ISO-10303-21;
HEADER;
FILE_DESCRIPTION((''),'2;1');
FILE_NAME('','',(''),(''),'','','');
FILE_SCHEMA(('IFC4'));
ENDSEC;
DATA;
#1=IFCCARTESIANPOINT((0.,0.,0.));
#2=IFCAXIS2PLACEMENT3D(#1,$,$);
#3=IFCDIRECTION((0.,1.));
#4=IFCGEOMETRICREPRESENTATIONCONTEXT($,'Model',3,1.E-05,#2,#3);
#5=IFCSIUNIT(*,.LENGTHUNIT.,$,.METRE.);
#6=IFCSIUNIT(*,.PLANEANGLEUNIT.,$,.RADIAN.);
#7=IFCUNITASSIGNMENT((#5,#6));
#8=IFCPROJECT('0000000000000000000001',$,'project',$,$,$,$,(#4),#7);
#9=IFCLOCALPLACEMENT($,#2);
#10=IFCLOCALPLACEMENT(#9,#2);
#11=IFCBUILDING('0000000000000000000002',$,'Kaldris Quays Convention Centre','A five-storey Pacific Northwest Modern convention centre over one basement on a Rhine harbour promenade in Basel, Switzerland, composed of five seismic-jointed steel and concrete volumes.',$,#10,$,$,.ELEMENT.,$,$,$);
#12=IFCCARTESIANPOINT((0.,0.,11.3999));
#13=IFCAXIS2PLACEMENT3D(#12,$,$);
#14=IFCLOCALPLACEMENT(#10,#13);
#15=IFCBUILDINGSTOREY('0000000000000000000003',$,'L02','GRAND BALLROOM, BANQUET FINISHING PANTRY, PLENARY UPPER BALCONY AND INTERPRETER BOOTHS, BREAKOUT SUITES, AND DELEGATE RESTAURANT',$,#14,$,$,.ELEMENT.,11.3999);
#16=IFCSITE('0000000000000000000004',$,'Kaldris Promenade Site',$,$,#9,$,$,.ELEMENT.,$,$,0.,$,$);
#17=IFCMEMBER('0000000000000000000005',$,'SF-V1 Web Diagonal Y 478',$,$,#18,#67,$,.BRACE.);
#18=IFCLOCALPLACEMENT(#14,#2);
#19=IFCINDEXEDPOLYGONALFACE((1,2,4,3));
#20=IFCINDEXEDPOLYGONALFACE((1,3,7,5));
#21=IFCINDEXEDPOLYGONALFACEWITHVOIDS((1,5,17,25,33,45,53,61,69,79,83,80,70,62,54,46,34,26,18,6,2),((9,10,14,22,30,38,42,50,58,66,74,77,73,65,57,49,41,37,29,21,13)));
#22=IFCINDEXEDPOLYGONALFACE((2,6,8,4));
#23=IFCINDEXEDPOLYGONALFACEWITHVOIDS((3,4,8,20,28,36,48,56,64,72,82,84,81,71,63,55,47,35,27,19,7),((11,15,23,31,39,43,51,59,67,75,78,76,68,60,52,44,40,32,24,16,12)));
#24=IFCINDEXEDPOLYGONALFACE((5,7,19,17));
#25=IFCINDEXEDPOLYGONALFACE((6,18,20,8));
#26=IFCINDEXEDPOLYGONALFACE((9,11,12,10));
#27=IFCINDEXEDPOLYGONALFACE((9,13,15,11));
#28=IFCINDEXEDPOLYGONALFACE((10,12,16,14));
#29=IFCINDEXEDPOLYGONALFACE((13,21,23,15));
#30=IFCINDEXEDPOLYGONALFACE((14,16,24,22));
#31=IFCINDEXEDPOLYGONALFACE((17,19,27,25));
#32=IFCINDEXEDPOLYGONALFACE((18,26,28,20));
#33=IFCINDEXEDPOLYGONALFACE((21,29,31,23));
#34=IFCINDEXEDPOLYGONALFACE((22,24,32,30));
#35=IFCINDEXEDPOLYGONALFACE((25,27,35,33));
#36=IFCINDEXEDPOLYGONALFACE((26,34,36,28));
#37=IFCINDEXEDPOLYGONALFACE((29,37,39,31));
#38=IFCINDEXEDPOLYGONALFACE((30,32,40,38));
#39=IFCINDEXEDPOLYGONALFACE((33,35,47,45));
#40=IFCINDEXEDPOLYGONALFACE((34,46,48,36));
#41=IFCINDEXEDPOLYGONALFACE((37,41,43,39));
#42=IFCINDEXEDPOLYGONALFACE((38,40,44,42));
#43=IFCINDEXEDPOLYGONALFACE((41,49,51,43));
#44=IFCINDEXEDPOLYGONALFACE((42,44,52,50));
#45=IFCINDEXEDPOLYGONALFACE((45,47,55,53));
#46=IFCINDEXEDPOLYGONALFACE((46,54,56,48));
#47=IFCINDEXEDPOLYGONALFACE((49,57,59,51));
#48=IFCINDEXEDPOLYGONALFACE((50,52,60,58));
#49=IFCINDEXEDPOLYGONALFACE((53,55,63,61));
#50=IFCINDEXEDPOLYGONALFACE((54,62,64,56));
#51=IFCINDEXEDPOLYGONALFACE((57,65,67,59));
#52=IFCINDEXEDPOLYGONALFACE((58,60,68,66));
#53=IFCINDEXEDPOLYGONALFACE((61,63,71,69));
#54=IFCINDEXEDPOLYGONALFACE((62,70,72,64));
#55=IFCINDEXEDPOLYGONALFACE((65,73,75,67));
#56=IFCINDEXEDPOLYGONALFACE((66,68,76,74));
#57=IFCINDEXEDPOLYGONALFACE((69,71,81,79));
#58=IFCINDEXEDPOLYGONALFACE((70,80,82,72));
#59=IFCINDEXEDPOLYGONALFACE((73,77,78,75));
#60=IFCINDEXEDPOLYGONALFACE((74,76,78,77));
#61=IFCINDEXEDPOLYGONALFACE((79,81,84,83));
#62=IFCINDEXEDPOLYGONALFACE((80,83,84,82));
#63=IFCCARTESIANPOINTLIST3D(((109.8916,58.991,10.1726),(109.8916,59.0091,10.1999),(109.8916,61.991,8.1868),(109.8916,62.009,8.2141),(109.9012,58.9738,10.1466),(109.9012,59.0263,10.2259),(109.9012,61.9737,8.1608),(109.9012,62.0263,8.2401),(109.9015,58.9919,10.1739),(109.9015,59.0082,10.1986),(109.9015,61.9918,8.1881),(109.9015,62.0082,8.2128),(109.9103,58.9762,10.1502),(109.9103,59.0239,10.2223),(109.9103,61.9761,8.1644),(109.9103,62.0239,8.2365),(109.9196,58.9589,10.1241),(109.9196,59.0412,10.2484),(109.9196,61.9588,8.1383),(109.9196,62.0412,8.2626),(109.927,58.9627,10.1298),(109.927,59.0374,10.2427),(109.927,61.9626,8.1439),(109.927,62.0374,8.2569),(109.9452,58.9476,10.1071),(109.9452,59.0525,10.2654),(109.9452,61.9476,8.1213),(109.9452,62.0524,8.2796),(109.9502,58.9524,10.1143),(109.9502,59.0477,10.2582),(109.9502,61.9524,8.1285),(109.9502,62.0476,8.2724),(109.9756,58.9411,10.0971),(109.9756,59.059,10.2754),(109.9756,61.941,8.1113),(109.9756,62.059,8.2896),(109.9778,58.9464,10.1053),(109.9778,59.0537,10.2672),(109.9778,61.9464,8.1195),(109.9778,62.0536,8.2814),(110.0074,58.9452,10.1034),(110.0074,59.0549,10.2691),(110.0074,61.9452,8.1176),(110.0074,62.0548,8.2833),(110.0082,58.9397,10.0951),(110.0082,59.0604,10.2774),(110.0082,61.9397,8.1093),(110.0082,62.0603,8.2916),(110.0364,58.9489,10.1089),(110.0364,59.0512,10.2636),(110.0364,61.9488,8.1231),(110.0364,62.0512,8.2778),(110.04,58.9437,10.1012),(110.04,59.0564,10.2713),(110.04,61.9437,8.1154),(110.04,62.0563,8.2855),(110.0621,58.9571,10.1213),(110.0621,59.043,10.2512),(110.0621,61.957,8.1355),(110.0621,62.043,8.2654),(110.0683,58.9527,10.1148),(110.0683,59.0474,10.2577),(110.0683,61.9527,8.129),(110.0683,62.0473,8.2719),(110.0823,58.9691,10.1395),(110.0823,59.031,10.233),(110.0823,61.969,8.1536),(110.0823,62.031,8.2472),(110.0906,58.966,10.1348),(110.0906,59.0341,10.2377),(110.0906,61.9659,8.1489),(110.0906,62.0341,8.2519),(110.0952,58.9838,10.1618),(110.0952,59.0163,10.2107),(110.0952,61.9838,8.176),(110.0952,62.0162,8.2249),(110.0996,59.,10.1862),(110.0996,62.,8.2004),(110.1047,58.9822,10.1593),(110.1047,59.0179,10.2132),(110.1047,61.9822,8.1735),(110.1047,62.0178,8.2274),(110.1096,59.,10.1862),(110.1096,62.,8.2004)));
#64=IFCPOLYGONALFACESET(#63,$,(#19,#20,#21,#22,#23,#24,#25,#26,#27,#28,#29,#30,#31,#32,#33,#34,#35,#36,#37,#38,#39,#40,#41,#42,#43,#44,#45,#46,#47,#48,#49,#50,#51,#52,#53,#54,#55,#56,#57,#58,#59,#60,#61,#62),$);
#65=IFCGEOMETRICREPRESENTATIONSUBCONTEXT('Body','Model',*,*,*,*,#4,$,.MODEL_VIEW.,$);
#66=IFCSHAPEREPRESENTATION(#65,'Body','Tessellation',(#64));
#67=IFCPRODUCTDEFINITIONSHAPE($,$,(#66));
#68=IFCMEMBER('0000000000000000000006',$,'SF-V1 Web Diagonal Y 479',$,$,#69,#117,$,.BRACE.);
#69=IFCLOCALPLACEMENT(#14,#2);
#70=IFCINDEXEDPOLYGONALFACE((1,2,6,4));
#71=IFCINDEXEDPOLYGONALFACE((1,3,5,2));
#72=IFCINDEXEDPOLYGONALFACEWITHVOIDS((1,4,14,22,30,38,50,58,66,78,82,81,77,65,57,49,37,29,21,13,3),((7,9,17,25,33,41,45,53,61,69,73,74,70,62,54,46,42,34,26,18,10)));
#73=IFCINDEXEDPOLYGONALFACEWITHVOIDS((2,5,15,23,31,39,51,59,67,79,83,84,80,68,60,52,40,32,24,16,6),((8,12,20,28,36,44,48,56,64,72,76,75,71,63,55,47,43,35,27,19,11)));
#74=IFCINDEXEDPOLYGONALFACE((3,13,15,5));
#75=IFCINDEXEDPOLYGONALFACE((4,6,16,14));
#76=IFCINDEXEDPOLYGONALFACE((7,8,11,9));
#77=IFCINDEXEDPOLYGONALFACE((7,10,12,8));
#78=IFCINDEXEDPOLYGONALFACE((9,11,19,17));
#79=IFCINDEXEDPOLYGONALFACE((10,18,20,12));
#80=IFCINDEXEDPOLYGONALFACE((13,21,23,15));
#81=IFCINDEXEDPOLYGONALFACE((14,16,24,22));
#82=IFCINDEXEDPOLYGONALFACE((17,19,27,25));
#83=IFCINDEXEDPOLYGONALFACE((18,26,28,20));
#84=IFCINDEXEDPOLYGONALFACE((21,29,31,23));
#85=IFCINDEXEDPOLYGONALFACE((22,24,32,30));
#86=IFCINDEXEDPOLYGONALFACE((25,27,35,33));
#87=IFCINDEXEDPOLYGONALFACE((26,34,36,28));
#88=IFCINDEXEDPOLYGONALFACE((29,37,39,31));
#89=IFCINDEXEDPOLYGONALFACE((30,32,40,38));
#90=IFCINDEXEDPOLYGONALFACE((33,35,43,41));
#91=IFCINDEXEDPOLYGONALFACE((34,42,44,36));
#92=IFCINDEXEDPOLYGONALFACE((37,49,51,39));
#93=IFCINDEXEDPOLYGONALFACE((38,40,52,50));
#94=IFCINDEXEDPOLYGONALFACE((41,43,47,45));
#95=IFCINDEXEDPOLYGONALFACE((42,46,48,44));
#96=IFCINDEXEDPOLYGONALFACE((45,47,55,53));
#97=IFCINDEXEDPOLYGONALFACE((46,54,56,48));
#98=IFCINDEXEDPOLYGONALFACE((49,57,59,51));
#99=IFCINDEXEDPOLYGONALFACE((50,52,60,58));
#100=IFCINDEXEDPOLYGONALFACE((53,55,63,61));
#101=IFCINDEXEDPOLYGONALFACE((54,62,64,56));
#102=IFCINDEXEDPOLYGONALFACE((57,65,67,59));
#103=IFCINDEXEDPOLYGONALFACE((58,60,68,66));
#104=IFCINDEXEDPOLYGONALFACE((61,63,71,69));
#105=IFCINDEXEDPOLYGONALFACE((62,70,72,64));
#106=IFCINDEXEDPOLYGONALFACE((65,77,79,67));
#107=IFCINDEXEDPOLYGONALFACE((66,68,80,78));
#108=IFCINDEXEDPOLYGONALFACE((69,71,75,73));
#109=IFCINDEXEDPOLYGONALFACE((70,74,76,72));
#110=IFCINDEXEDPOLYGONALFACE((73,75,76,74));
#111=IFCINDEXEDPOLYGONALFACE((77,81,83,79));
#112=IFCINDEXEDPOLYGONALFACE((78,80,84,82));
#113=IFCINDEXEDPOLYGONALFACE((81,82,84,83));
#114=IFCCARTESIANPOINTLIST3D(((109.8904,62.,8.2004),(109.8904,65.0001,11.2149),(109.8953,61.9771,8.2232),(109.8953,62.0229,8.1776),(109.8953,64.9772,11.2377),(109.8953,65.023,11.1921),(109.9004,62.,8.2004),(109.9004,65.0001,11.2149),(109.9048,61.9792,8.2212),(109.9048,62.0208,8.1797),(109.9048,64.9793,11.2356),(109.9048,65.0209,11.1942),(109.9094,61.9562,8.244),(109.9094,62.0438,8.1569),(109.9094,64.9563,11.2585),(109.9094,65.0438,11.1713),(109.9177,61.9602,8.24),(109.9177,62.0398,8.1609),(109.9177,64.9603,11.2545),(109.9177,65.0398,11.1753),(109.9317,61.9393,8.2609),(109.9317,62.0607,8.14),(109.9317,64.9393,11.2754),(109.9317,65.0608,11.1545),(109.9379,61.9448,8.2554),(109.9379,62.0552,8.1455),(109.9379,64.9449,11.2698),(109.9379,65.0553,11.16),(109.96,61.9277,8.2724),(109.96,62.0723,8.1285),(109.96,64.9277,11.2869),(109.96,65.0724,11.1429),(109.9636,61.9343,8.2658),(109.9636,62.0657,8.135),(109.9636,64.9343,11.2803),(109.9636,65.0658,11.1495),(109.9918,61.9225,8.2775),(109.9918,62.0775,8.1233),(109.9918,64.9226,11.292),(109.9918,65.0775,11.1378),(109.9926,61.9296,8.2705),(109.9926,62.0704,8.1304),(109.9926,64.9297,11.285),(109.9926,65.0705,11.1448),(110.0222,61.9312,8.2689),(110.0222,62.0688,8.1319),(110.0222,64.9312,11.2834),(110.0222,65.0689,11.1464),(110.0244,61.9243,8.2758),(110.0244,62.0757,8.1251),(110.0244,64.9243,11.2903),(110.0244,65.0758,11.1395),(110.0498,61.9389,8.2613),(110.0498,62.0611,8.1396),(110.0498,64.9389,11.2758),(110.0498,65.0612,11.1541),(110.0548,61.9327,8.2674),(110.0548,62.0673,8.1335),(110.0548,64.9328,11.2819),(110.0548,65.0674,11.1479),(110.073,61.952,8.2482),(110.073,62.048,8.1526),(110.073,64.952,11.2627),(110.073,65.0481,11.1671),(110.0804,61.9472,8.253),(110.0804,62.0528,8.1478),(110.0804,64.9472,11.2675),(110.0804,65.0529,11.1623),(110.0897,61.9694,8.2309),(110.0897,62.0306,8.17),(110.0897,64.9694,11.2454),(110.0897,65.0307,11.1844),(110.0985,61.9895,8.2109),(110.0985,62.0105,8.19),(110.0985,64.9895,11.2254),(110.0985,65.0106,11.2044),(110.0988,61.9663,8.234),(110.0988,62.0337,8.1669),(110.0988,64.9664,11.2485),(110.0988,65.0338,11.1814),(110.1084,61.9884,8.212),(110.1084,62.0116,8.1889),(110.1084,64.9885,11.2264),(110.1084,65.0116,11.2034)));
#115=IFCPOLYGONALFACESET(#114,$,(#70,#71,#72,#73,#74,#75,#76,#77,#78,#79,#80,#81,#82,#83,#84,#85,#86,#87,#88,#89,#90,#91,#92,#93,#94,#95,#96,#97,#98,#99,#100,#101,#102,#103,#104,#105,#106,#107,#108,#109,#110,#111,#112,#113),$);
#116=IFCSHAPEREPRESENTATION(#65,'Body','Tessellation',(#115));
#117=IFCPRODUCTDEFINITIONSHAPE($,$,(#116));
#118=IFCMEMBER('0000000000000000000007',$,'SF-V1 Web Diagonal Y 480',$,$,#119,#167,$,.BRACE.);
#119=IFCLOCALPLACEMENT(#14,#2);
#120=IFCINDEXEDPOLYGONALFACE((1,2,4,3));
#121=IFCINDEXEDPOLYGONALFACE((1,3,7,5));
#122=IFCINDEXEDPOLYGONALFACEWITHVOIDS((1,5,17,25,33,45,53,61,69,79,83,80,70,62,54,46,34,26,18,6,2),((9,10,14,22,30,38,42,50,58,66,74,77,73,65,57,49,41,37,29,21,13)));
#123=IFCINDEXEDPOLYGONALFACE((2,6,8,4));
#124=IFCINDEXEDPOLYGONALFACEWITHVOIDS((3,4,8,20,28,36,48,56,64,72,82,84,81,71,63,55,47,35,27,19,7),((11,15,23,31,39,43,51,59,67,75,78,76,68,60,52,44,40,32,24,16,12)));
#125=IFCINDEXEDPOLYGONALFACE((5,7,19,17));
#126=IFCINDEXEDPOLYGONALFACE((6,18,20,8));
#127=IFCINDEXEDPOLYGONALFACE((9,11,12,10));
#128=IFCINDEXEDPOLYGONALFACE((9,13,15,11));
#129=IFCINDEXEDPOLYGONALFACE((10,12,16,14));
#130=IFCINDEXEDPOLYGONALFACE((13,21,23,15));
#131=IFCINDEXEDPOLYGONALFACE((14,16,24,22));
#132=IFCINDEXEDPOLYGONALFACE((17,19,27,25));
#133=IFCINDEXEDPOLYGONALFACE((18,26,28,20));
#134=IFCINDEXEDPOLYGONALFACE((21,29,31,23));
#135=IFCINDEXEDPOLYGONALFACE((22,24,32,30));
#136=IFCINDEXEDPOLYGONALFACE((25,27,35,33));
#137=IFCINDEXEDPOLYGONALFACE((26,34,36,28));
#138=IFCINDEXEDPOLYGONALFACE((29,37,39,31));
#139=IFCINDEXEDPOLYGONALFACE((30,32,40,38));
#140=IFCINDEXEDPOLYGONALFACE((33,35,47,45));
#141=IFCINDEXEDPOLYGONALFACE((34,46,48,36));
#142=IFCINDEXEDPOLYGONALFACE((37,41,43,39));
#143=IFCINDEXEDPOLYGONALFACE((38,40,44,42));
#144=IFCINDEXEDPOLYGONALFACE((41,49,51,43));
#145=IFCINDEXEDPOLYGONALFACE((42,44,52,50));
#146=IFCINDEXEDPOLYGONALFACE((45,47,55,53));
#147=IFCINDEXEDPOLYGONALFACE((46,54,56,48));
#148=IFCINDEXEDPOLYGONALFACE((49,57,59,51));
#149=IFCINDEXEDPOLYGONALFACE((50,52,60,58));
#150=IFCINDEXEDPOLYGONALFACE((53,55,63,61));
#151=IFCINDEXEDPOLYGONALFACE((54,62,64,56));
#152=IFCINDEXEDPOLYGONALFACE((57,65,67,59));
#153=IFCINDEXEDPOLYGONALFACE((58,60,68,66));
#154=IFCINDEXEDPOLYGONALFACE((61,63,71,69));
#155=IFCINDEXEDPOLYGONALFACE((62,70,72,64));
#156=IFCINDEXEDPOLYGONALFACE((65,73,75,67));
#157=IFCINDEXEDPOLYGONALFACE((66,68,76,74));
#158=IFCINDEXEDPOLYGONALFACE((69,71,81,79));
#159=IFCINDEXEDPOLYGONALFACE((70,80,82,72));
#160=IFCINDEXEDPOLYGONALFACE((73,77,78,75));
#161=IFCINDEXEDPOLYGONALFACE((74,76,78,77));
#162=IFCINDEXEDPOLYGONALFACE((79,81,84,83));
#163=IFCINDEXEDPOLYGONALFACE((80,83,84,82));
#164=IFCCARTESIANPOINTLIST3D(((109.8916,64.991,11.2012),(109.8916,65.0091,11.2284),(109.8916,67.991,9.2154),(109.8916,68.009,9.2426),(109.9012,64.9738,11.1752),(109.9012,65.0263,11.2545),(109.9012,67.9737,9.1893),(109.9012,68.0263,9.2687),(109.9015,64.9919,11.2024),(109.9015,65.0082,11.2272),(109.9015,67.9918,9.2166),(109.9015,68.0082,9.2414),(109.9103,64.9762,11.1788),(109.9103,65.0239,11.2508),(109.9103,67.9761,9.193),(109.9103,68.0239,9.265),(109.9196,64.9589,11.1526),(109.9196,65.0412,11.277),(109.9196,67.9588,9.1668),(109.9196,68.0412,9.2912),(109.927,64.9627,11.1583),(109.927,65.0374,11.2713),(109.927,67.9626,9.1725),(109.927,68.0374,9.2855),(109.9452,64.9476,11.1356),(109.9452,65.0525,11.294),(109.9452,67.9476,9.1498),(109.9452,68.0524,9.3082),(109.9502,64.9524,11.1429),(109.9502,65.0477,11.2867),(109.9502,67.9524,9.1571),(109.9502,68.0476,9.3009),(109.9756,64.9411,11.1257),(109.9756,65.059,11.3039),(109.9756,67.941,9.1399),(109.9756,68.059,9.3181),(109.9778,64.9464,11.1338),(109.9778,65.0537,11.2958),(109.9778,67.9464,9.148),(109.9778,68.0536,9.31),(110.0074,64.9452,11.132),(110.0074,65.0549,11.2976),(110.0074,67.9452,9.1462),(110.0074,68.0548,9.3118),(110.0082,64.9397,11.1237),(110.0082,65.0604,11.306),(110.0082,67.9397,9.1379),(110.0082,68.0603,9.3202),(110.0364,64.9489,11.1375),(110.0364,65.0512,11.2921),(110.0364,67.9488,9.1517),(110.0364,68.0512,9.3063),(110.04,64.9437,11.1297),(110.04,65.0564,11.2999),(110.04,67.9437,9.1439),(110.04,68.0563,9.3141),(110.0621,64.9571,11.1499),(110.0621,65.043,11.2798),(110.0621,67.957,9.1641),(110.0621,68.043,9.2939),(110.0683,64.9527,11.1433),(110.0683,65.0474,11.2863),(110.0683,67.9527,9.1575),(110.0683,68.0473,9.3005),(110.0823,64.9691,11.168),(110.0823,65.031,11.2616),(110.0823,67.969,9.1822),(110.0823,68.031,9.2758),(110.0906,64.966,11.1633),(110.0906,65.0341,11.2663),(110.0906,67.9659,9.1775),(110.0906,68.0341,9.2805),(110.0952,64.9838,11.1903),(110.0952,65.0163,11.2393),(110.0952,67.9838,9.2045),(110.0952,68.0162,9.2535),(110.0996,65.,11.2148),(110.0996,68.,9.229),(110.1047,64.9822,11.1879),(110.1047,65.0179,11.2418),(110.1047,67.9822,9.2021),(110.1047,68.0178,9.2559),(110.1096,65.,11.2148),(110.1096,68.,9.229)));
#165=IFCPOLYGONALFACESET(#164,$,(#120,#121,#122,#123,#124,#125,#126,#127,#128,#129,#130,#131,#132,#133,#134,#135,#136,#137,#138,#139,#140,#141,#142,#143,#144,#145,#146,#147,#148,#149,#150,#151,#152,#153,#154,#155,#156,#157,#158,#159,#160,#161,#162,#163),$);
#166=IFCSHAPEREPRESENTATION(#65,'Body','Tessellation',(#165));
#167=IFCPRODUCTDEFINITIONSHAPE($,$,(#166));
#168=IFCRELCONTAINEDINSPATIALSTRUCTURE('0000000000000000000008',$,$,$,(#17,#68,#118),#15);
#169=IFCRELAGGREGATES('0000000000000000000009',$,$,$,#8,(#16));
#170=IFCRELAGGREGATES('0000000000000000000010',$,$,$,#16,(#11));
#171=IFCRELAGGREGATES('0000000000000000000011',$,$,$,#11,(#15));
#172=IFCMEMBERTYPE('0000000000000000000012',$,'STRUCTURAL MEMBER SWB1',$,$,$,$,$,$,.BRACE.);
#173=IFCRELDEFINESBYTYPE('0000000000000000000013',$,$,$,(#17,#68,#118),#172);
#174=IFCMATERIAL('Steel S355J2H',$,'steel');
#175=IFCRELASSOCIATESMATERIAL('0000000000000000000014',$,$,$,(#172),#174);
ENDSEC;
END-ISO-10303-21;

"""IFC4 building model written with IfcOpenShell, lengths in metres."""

from ifc_helpers import new_model, si_unit, direction, frame, origin, origin_2d, place, context, subcontext, project, spatial, hollow_circle, extrude, material, material_profile, profile_set, type_object, element, save


model = new_model("IFC4")

# Units and contexts
model_context = context("Model", 3, precision=1e-05, world=origin(), true_north=direction((0.0, 1.0)))
body_context = subcontext(model_context, "Body", "Model", "MODEL_VIEW")
ifc_project = project(units=[si_unit("LENGTHUNIT", "METRE"), si_unit("PLANEANGLEUNIT", "RADIAN")], contexts=[model_context])

# Site, building, storey
site_placement = place(None, origin())
site = spatial("IfcSite", under=ifc_project, at=site_placement, Name="Kaldris Promenade Site", CompositionType="ELEMENT", RefElevation=0.0)
building_placement = place(site_placement, origin())
building = spatial("IfcBuilding", under=site, at=building_placement, Name="Kaldris Quays Convention Centre", Description="A five-storey Pacific Northwest Modern convention centre over one basement on a Rhine harbour promenade in Basel, Switzerland, composed of five seismic-jointed steel and concrete volumes.", CompositionType="ELEMENT")
storey_placement = place(building_placement, frame((0.0, 0.0, 11.3999)))
storey = spatial("IfcBuildingStorey", under=building, at=storey_placement, Name="L02", Description="GRAND BALLROOM, BANQUET FINISHING PANTRY, PLENARY UPPER BALCONY AND INTERPRETER BOOTHS, BREAKOUT SUITES, AND DELEGATE RESTAURANT", CompositionType="ELEMENT", Elevation=11.3999)

# Members
ifc_material_1 = material(Name="Steel S355J2H", Category="steel")
ifc_material_profile_1 = material_profile(ifc_material_1, hollow_circle(Radius=0.1096, WallThickness=0.01, at=origin_2d()), Name="CHS 219.1x10")
ifc_profile_set_1 = profile_set([ifc_material_profile_1], Name="Steel S355J2H")
member_type_1 = type_object("IfcMemberType", Name="STRUCTURAL MEMBER SWB1", PredefinedType="BRACE", material=ifc_profile_set_1)
member_1_placement = place(storey_placement, frame((110.0, 62.0, 8.2004), z_axis=(0.0, -0.833862, 0.551972), x_axis=(1.0, 0.0, 0.0)))
element("IfcMember", 1, at=member_1_placement, inside=storey, type_object=member_type_1, Name="SF-V1 Web Diagonal Y 478", PredefinedType="BRACE", context=body_context, shape_type="SweptSolid", body=[
    extrude(hollow_circle(Radius=0.1096, WallThickness=0.01, at=origin_2d()), origin(), (0.0, 0.0, 1.0), 3.5977),
])
member_2_placement = place(storey_placement, frame((110.0, 62.0, 8.2004), z_axis=(0.0, 0.705411, 0.708798), x_axis=(-1.0, 0.0, 0.0)))
element("IfcMember", 2, at=member_2_placement, inside=storey, type_object=member_type_1, Name="SF-V1 Web Diagonal Y 479", PredefinedType="BRACE", context=body_context, shape_type="SweptSolid", body=[
    extrude(hollow_circle(Radius=0.1096, WallThickness=0.01, at=origin_2d()), origin(), (0.0, 0.0, 1.0), 4.2529),
])
member_3_placement = place(storey_placement, frame((110.0, 68.0, 9.229), z_axis=(0.0, -0.833862, 0.551972), x_axis=(1.0, 0.0, 0.0)))
element("IfcMember", 3, at=member_3_placement, inside=storey, type_object=member_type_1, Name="SF-V1 Web Diagonal Y 480", PredefinedType="BRACE", context=body_context, shape_type="SweptSolid", body=[
    extrude(hollow_circle(Radius=0.1096, WallThickness=0.01, at=origin_2d()), origin(), (0.0, 0.0, 1.0), 3.5977),
])

save(model, "model.ifc")
